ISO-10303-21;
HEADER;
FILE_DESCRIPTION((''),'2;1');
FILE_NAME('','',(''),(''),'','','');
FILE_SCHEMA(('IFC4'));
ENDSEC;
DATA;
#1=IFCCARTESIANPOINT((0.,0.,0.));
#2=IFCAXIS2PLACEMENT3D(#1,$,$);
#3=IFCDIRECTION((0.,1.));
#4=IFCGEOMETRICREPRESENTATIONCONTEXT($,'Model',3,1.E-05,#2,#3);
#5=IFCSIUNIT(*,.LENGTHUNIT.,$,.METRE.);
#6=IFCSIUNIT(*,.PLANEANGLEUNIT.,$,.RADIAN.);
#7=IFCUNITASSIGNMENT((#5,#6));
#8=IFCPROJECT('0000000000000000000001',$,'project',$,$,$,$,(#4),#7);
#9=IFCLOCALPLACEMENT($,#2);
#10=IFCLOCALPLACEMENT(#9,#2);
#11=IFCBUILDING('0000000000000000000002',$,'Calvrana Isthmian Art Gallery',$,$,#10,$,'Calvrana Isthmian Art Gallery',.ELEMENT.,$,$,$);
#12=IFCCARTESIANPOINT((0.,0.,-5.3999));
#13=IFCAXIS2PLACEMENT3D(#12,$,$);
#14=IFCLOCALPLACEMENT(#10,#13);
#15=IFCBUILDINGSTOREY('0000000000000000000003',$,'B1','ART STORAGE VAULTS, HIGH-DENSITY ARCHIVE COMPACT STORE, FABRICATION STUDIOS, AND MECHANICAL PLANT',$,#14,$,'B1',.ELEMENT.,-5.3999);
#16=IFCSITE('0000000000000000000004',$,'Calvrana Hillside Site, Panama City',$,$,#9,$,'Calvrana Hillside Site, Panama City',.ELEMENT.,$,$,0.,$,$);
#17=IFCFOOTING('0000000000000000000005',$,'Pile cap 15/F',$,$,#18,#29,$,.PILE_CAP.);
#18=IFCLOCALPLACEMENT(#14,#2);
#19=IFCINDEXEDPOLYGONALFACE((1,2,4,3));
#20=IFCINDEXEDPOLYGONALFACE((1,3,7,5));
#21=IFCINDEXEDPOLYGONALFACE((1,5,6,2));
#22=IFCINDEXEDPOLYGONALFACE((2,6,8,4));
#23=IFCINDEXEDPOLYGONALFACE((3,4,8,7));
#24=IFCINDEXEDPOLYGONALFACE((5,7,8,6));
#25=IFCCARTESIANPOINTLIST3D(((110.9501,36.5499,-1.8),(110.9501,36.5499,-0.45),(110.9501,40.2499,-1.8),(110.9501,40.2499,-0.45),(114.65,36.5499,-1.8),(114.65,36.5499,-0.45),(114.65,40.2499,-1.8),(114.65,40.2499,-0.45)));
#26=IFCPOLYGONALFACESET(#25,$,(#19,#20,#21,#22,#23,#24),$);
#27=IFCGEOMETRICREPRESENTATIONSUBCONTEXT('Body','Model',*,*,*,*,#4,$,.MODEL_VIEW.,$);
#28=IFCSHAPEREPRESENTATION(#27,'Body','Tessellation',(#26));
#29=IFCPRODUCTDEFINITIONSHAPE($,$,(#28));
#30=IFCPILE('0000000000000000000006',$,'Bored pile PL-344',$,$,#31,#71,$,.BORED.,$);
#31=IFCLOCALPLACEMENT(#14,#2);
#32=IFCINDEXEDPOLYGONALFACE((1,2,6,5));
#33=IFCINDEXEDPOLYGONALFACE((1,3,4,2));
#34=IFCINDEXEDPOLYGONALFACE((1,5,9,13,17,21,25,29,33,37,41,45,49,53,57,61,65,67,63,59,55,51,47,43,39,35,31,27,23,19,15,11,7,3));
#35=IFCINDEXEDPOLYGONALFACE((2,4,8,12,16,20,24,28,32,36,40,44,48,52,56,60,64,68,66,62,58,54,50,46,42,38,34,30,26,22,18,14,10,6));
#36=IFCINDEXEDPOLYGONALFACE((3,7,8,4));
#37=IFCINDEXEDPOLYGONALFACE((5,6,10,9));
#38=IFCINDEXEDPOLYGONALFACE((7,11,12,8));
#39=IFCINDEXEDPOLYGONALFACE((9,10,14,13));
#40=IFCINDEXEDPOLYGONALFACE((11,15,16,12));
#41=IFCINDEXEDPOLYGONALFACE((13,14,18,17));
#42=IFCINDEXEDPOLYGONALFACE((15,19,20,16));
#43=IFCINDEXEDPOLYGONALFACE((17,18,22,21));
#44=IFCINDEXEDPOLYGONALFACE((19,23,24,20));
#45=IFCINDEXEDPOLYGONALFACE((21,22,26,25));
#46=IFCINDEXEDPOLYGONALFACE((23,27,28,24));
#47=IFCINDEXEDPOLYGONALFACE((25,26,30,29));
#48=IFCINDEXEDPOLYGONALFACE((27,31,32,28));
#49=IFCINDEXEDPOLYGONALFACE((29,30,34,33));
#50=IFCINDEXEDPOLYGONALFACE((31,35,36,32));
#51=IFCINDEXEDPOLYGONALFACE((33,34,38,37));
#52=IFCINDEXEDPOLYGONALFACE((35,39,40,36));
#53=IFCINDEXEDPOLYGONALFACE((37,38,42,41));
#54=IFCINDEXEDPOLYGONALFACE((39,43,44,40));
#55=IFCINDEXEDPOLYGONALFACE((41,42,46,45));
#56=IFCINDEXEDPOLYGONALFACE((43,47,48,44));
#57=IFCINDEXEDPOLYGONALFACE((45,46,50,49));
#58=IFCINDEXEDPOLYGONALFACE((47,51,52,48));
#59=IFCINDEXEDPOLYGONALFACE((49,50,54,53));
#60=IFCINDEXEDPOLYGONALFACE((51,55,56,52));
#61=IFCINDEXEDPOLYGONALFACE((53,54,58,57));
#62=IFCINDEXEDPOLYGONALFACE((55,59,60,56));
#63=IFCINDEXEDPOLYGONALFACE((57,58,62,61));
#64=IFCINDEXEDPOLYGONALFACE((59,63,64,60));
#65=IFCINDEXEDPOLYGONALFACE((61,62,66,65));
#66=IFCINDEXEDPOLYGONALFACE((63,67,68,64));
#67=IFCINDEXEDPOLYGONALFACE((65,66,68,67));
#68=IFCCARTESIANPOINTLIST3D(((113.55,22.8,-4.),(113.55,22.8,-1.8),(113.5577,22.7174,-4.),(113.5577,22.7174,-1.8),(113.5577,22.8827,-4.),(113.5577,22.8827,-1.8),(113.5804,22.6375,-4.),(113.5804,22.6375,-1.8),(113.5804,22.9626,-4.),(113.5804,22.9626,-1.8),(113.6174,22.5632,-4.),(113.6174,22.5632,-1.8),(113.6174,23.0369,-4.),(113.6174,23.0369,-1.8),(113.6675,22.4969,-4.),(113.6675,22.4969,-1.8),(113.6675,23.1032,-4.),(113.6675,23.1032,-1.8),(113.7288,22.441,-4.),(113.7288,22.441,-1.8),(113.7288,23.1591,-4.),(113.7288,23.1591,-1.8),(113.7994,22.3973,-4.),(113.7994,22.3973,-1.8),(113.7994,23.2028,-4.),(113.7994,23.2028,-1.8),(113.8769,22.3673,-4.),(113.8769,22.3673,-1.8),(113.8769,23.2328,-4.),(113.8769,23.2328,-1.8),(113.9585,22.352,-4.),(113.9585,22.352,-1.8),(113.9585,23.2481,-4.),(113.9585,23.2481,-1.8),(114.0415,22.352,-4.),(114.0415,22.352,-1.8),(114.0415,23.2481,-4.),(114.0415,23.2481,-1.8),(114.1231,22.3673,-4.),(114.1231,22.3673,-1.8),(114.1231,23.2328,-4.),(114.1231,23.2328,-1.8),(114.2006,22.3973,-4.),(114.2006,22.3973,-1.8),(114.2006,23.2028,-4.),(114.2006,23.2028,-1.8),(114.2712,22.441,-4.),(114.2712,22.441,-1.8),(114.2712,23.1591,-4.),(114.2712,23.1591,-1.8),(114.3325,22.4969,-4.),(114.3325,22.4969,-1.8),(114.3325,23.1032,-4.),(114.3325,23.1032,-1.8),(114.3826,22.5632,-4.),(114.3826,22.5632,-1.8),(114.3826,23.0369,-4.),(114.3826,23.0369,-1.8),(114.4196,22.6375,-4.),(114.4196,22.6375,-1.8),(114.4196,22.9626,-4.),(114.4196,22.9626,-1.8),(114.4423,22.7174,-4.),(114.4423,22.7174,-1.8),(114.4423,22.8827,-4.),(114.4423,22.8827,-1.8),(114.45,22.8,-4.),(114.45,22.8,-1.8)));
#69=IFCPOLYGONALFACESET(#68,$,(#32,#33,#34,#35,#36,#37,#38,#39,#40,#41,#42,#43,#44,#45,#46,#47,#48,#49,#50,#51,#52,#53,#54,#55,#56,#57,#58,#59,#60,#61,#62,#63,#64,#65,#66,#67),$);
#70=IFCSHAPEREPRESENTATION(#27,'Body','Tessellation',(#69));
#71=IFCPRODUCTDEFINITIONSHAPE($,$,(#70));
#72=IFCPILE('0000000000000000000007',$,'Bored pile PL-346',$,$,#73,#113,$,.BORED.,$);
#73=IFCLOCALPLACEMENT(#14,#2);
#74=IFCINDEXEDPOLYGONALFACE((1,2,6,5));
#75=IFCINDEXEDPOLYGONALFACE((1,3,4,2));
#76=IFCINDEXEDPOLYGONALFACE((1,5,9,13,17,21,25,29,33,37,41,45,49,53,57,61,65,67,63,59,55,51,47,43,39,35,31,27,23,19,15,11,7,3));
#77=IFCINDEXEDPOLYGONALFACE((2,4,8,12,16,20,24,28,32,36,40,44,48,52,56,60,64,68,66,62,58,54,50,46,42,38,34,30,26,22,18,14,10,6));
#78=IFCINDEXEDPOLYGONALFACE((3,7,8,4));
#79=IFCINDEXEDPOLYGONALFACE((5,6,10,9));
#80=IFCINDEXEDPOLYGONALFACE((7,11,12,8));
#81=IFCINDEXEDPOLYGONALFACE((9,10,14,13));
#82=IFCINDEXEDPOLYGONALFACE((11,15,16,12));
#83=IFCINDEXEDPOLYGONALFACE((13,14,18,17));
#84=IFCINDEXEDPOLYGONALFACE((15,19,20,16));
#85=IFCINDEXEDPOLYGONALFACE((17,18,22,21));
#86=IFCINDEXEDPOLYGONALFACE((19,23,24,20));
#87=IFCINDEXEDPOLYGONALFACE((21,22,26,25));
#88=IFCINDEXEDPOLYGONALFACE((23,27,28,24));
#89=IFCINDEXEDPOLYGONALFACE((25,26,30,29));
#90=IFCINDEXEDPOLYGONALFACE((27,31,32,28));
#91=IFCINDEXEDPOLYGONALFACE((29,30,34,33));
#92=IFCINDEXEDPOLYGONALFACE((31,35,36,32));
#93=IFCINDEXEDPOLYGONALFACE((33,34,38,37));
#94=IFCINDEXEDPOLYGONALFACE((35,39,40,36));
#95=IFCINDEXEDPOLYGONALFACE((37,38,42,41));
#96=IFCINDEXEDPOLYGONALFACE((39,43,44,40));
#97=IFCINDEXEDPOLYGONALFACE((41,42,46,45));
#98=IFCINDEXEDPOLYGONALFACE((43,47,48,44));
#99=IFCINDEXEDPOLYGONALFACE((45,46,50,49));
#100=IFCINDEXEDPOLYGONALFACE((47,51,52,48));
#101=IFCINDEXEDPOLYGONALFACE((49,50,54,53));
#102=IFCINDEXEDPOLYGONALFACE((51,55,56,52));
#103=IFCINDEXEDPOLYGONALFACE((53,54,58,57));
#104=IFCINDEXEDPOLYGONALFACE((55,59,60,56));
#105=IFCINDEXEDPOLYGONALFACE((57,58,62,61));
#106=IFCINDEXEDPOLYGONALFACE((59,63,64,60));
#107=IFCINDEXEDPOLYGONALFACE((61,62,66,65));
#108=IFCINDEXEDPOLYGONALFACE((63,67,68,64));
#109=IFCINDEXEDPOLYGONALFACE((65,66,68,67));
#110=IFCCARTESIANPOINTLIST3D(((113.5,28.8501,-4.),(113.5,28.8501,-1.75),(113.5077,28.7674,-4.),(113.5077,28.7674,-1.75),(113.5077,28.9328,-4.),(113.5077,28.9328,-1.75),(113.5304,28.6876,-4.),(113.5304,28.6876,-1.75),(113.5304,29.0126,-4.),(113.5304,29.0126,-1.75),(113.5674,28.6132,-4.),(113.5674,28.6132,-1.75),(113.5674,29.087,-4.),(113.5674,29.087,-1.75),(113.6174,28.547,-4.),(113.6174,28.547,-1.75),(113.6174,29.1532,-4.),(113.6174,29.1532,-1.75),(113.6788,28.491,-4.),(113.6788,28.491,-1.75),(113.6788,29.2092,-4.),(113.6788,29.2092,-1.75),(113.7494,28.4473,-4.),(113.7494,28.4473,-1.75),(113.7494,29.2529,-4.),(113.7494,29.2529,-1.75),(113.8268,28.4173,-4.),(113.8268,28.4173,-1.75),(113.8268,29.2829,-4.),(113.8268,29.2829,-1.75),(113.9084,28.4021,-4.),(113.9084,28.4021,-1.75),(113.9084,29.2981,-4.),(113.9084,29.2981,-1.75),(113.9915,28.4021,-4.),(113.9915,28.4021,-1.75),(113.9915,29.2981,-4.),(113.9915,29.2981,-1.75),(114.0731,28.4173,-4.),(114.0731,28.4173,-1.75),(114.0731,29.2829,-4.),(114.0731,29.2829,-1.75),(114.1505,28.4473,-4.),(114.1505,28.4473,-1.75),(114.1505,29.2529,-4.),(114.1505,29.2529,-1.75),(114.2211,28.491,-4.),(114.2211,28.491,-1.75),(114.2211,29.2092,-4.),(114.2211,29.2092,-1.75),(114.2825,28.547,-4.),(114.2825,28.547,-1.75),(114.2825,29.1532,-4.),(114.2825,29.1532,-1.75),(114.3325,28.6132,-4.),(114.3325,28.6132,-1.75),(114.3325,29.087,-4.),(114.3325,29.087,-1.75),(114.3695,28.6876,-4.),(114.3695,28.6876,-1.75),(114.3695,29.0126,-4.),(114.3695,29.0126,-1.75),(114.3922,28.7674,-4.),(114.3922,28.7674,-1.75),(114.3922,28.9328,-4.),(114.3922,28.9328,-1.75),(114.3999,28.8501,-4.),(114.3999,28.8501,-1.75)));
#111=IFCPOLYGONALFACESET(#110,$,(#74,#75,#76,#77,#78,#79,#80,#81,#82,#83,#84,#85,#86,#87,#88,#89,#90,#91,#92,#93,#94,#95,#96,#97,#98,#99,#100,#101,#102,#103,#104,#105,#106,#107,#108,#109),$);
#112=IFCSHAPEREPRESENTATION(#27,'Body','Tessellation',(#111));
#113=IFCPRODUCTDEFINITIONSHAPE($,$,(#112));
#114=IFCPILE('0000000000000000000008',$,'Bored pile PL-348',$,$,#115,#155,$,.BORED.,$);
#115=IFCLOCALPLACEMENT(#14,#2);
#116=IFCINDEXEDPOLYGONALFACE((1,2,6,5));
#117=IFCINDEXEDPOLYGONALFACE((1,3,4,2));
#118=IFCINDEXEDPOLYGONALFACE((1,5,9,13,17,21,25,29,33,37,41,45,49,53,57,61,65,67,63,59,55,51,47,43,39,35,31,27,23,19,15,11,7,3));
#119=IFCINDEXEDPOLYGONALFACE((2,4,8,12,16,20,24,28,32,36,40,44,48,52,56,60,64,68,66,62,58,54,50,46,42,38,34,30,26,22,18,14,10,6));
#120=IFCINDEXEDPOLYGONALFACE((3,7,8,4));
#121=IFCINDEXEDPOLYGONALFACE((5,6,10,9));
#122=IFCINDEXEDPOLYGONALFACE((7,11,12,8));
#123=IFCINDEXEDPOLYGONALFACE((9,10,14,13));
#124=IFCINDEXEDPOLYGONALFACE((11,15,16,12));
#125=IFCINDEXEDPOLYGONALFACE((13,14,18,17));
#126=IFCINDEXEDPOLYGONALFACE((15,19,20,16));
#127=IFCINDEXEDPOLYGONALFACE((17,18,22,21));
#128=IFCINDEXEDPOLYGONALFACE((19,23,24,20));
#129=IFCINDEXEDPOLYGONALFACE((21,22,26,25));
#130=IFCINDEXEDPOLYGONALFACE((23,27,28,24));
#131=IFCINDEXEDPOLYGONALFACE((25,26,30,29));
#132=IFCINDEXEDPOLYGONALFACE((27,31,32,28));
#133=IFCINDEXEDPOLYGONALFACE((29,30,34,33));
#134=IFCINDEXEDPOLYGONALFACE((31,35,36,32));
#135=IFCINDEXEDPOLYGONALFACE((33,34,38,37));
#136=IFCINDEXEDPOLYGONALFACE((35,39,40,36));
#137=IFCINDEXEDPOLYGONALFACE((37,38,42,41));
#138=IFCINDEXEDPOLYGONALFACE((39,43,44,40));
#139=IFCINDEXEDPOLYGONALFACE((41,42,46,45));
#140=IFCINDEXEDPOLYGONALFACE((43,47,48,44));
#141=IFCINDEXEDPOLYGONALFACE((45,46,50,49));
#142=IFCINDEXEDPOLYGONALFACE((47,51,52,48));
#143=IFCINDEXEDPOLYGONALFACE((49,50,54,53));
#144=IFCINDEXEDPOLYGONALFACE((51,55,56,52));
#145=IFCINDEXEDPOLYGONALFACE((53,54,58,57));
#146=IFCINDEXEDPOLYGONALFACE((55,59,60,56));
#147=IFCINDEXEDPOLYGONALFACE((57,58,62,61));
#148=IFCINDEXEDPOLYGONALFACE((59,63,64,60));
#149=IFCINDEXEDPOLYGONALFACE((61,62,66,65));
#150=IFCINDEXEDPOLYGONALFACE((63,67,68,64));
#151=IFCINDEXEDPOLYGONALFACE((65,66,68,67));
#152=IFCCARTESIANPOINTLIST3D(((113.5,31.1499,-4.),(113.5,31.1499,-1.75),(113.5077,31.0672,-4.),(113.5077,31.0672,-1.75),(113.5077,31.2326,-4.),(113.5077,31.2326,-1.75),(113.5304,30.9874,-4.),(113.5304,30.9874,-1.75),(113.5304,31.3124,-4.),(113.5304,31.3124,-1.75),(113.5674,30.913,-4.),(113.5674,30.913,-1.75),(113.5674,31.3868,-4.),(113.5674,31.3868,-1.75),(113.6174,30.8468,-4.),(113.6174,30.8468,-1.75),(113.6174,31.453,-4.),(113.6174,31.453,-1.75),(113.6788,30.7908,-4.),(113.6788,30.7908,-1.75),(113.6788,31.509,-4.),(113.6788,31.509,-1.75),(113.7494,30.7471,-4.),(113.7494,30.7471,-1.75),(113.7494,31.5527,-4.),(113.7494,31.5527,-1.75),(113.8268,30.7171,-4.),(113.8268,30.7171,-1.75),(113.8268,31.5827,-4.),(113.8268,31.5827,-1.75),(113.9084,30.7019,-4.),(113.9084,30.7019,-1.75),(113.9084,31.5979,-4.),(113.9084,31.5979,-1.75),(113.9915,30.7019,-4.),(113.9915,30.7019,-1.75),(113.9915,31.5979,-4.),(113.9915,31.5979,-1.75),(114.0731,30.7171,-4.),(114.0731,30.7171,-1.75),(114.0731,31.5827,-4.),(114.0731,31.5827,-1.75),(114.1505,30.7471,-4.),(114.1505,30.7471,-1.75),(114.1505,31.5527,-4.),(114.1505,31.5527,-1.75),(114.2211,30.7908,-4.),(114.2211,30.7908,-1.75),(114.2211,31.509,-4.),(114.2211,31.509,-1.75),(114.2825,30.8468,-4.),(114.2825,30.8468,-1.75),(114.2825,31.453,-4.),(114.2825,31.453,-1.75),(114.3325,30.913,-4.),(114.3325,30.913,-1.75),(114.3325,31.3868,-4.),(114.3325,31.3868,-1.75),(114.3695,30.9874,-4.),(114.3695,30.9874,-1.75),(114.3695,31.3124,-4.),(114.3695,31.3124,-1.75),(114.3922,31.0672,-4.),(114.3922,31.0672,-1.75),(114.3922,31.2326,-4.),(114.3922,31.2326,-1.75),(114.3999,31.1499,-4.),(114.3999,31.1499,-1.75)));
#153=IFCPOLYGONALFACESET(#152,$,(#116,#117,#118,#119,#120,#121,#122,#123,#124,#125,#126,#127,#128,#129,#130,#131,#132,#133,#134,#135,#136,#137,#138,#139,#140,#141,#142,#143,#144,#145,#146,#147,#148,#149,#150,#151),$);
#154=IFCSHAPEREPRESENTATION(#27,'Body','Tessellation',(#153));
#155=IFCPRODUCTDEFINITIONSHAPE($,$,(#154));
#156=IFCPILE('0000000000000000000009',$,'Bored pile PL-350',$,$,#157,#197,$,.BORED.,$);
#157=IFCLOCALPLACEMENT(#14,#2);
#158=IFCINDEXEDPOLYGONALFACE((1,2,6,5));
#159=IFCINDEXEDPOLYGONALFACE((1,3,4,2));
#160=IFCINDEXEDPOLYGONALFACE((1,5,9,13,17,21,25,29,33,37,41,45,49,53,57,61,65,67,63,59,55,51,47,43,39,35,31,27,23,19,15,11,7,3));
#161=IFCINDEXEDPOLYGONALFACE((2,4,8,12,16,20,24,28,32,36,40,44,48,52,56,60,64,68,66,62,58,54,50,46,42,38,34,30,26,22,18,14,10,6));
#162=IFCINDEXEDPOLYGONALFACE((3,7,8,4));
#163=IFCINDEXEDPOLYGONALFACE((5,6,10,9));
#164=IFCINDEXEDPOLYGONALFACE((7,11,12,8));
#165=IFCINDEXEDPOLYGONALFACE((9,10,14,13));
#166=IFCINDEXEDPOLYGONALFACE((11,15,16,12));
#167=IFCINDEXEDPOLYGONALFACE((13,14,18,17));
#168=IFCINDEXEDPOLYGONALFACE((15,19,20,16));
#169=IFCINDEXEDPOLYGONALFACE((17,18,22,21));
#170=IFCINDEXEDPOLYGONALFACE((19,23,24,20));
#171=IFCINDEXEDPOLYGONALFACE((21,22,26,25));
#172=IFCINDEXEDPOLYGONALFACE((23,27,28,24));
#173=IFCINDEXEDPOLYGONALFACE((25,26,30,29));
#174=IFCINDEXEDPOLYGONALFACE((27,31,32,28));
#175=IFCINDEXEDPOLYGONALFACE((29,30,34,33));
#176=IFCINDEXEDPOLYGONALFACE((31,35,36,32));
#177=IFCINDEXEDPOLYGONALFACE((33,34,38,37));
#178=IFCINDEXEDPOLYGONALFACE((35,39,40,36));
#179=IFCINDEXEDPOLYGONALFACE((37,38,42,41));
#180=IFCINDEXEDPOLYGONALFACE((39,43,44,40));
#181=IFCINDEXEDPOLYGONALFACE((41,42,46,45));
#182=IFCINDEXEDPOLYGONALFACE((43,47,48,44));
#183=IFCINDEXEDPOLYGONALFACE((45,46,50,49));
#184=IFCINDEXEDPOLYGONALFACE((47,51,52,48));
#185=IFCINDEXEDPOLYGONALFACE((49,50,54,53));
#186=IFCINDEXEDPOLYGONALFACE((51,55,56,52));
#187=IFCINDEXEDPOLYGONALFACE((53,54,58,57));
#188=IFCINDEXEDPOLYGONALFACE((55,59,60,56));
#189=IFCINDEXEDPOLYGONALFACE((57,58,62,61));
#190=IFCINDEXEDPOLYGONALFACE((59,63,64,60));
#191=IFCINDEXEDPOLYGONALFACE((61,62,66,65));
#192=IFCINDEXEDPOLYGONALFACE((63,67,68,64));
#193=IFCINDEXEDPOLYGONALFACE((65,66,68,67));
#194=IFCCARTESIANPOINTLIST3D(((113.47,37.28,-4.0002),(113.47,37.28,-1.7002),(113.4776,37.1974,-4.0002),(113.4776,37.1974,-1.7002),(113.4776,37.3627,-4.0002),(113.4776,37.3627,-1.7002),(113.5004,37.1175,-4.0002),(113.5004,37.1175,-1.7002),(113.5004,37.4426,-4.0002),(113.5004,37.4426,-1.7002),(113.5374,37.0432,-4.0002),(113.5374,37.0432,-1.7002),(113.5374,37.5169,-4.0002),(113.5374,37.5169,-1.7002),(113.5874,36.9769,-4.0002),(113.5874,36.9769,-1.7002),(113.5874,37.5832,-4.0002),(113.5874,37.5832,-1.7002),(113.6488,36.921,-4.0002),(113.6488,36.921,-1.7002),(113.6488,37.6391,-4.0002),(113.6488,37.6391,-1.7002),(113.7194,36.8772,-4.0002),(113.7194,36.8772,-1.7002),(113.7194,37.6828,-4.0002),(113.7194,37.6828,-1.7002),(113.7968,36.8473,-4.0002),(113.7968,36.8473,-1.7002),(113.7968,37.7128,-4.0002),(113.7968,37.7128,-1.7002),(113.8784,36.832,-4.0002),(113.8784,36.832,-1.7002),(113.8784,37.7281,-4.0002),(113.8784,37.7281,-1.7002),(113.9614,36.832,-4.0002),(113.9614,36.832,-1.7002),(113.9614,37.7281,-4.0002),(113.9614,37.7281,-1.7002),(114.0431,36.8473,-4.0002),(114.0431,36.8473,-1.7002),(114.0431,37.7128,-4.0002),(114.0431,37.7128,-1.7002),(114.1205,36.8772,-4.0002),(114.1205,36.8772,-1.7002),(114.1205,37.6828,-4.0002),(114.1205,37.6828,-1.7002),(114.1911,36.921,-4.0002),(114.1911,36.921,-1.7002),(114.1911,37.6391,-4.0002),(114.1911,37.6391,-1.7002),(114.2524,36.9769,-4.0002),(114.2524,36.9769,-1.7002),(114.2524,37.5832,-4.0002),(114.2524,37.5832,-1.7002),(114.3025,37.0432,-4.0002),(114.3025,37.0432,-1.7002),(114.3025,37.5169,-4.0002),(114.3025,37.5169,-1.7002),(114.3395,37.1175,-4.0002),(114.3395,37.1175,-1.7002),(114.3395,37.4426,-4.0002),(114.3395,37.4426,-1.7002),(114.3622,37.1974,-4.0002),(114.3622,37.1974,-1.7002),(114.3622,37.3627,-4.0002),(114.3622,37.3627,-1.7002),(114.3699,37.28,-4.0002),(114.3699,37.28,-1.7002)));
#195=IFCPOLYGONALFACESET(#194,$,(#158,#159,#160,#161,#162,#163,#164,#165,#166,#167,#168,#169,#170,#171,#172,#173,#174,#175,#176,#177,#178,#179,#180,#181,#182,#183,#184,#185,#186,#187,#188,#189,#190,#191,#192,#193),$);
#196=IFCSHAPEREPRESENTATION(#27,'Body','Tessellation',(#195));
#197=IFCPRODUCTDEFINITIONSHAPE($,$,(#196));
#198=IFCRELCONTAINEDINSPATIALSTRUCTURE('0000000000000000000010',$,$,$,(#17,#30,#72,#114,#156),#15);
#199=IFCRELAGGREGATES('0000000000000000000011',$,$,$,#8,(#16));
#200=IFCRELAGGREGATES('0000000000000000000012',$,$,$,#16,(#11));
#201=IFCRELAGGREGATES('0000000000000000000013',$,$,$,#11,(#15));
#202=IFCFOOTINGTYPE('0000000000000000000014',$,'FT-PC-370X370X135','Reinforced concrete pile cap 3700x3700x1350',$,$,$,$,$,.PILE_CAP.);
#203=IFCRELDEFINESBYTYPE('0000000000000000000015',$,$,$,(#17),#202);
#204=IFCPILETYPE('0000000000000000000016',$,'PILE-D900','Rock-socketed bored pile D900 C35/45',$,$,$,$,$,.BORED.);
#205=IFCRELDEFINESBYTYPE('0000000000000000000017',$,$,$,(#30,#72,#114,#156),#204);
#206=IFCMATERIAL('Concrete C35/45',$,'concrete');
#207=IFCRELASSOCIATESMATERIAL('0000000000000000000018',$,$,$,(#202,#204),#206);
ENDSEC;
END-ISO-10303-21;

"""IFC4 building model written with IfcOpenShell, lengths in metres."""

from ifc_helpers import new_model, si_unit, direction, frame, origin, origin_2d, place, context, subcontext, project, spatial, rectangle, circle, extrude, material, material_profile, profile_set, type_object, element, save


model = new_model("IFC4")

# Units and contexts
model_context = context("Model", 3, precision=1e-05, world=origin(), true_north=direction((0.0, 1.0)))
body_context = subcontext(model_context, "Body", "Model", "MODEL_VIEW")
ifc_project = project(units=[si_unit("LENGTHUNIT", "METRE"), si_unit("PLANEANGLEUNIT", "RADIAN")], contexts=[model_context])

# Site, building, storey
site_placement = place(None, origin())
site = spatial("IfcSite", under=ifc_project, at=site_placement, Name="Calvrana Hillside Site, Panama City", LongName="Calvrana Hillside Site, Panama City", CompositionType="ELEMENT", RefElevation=0.0)
building_placement = place(site_placement, origin())
building = spatial("IfcBuilding", under=site, at=building_placement, Name="Calvrana Isthmian Art Gallery", LongName="Calvrana Isthmian Art Gallery", CompositionType="ELEMENT")
storey_placement = place(building_placement, frame((0.0, 0.0, -5.3999)))
storey = spatial("IfcBuildingStorey", under=building, at=storey_placement, Name="B1", Description="ART STORAGE VAULTS, HIGH-DENSITY ARCHIVE COMPACT STORE, FABRICATION STUDIOS, AND MECHANICAL PLANT", LongName="B1", CompositionType="ELEMENT", Elevation=-5.3999)

# Footing
ifc_material_1 = material(Name="Concrete C35/45", Category="concrete")
footing_type = type_object("IfcFootingType", Name="FT-PC-370X370X135", Description="Reinforced concrete pile cap 3700x3700x1350", PredefinedType="PILE_CAP", material=ifc_material_1)
footing_placement = place(storey_placement, frame((112.8, 38.3999, -1.8), z_axis=(0.0, 0.0, 1.0), x_axis=(1.0, 0.0, 0.0)))
element("IfcFooting", 1, at=footing_placement, inside=storey, type_object=footing_type, Name="Pile cap 15/F", PredefinedType="PILE_CAP", context=body_context, shape_type="SweptSolid", body=[
    extrude(rectangle(XDim=3.7, YDim=3.7, at=origin_2d()), origin(), (0.0, 0.0, 1.0), 1.3501),
])

# Piles
ifc_material_profile_1 = material_profile(ifc_material_1, circle(Radius=0.45, at=origin_2d()), Name="PILE900D")
ifc_profile_set_1 = profile_set([ifc_material_profile_1], Name="Concrete C35/45")
pile_type = type_object("IfcPileType", Name="PILE-D900", Description="Rock-socketed bored pile D900 C35/45", PredefinedType="BORED", material=ifc_profile_set_1)
pile_1_placement = place(storey_placement, frame((114.0, 22.8, -1.8), z_axis=(0.0, 0.0, -1.0), x_axis=(1.0, 0.0, 0.0)))
element("IfcPile", 2, at=pile_1_placement, inside=storey, type_object=pile_type, Name="Bored pile PL-344", PredefinedType="BORED", context=body_context, shape_type="SweptSolid", body=[
    extrude(circle(Radius=0.45, at=origin_2d()), origin(), (0.0, 0.0, 1.0), 2.2),
])
for number, where, z_axis, x_axis, name in (
    (3, (113.95, 28.8501, -1.75), (0.0, 0.0, -1.0), (1.0, 0.0, 0.0), "Bored pile PL-346"),
    (4, (113.95, 31.1499, -1.75), (0.0, 0.0, -1.0), (1.0, 0.0, 0.0), "Bored pile PL-348"),
):
    element("IfcPile", number, at=place(storey_placement, frame(where, z_axis=z_axis, x_axis=x_axis)), inside=storey, type_object=pile_type, Name=name, PredefinedType="BORED", context=body_context, shape_type="SweptSolid", body=[
        extrude(circle(Radius=0.45, at=origin_2d()), origin(), (0.0, 0.0, 1.0), 2.25),
    ])
for number, where, z_axis, x_axis, name in (
    (5, (113.9199, 37.28, -1.7002), (0.0, 0.0, -1.0), (1.0, 0.0, 0.0), "Bored pile PL-350"),
):
    element("IfcPile", number, at=place(storey_placement, frame(where, z_axis=z_axis, x_axis=x_axis)), inside=storey, type_object=pile_type, Name=name, PredefinedType="BORED", context=body_context, shape_type="SweptSolid", body=[
        extrude(circle(Radius=0.45, at=origin_2d()), origin(), (0.0, 0.0, 1.0), 2.3),
    ])

save(model, "model.ifc")
